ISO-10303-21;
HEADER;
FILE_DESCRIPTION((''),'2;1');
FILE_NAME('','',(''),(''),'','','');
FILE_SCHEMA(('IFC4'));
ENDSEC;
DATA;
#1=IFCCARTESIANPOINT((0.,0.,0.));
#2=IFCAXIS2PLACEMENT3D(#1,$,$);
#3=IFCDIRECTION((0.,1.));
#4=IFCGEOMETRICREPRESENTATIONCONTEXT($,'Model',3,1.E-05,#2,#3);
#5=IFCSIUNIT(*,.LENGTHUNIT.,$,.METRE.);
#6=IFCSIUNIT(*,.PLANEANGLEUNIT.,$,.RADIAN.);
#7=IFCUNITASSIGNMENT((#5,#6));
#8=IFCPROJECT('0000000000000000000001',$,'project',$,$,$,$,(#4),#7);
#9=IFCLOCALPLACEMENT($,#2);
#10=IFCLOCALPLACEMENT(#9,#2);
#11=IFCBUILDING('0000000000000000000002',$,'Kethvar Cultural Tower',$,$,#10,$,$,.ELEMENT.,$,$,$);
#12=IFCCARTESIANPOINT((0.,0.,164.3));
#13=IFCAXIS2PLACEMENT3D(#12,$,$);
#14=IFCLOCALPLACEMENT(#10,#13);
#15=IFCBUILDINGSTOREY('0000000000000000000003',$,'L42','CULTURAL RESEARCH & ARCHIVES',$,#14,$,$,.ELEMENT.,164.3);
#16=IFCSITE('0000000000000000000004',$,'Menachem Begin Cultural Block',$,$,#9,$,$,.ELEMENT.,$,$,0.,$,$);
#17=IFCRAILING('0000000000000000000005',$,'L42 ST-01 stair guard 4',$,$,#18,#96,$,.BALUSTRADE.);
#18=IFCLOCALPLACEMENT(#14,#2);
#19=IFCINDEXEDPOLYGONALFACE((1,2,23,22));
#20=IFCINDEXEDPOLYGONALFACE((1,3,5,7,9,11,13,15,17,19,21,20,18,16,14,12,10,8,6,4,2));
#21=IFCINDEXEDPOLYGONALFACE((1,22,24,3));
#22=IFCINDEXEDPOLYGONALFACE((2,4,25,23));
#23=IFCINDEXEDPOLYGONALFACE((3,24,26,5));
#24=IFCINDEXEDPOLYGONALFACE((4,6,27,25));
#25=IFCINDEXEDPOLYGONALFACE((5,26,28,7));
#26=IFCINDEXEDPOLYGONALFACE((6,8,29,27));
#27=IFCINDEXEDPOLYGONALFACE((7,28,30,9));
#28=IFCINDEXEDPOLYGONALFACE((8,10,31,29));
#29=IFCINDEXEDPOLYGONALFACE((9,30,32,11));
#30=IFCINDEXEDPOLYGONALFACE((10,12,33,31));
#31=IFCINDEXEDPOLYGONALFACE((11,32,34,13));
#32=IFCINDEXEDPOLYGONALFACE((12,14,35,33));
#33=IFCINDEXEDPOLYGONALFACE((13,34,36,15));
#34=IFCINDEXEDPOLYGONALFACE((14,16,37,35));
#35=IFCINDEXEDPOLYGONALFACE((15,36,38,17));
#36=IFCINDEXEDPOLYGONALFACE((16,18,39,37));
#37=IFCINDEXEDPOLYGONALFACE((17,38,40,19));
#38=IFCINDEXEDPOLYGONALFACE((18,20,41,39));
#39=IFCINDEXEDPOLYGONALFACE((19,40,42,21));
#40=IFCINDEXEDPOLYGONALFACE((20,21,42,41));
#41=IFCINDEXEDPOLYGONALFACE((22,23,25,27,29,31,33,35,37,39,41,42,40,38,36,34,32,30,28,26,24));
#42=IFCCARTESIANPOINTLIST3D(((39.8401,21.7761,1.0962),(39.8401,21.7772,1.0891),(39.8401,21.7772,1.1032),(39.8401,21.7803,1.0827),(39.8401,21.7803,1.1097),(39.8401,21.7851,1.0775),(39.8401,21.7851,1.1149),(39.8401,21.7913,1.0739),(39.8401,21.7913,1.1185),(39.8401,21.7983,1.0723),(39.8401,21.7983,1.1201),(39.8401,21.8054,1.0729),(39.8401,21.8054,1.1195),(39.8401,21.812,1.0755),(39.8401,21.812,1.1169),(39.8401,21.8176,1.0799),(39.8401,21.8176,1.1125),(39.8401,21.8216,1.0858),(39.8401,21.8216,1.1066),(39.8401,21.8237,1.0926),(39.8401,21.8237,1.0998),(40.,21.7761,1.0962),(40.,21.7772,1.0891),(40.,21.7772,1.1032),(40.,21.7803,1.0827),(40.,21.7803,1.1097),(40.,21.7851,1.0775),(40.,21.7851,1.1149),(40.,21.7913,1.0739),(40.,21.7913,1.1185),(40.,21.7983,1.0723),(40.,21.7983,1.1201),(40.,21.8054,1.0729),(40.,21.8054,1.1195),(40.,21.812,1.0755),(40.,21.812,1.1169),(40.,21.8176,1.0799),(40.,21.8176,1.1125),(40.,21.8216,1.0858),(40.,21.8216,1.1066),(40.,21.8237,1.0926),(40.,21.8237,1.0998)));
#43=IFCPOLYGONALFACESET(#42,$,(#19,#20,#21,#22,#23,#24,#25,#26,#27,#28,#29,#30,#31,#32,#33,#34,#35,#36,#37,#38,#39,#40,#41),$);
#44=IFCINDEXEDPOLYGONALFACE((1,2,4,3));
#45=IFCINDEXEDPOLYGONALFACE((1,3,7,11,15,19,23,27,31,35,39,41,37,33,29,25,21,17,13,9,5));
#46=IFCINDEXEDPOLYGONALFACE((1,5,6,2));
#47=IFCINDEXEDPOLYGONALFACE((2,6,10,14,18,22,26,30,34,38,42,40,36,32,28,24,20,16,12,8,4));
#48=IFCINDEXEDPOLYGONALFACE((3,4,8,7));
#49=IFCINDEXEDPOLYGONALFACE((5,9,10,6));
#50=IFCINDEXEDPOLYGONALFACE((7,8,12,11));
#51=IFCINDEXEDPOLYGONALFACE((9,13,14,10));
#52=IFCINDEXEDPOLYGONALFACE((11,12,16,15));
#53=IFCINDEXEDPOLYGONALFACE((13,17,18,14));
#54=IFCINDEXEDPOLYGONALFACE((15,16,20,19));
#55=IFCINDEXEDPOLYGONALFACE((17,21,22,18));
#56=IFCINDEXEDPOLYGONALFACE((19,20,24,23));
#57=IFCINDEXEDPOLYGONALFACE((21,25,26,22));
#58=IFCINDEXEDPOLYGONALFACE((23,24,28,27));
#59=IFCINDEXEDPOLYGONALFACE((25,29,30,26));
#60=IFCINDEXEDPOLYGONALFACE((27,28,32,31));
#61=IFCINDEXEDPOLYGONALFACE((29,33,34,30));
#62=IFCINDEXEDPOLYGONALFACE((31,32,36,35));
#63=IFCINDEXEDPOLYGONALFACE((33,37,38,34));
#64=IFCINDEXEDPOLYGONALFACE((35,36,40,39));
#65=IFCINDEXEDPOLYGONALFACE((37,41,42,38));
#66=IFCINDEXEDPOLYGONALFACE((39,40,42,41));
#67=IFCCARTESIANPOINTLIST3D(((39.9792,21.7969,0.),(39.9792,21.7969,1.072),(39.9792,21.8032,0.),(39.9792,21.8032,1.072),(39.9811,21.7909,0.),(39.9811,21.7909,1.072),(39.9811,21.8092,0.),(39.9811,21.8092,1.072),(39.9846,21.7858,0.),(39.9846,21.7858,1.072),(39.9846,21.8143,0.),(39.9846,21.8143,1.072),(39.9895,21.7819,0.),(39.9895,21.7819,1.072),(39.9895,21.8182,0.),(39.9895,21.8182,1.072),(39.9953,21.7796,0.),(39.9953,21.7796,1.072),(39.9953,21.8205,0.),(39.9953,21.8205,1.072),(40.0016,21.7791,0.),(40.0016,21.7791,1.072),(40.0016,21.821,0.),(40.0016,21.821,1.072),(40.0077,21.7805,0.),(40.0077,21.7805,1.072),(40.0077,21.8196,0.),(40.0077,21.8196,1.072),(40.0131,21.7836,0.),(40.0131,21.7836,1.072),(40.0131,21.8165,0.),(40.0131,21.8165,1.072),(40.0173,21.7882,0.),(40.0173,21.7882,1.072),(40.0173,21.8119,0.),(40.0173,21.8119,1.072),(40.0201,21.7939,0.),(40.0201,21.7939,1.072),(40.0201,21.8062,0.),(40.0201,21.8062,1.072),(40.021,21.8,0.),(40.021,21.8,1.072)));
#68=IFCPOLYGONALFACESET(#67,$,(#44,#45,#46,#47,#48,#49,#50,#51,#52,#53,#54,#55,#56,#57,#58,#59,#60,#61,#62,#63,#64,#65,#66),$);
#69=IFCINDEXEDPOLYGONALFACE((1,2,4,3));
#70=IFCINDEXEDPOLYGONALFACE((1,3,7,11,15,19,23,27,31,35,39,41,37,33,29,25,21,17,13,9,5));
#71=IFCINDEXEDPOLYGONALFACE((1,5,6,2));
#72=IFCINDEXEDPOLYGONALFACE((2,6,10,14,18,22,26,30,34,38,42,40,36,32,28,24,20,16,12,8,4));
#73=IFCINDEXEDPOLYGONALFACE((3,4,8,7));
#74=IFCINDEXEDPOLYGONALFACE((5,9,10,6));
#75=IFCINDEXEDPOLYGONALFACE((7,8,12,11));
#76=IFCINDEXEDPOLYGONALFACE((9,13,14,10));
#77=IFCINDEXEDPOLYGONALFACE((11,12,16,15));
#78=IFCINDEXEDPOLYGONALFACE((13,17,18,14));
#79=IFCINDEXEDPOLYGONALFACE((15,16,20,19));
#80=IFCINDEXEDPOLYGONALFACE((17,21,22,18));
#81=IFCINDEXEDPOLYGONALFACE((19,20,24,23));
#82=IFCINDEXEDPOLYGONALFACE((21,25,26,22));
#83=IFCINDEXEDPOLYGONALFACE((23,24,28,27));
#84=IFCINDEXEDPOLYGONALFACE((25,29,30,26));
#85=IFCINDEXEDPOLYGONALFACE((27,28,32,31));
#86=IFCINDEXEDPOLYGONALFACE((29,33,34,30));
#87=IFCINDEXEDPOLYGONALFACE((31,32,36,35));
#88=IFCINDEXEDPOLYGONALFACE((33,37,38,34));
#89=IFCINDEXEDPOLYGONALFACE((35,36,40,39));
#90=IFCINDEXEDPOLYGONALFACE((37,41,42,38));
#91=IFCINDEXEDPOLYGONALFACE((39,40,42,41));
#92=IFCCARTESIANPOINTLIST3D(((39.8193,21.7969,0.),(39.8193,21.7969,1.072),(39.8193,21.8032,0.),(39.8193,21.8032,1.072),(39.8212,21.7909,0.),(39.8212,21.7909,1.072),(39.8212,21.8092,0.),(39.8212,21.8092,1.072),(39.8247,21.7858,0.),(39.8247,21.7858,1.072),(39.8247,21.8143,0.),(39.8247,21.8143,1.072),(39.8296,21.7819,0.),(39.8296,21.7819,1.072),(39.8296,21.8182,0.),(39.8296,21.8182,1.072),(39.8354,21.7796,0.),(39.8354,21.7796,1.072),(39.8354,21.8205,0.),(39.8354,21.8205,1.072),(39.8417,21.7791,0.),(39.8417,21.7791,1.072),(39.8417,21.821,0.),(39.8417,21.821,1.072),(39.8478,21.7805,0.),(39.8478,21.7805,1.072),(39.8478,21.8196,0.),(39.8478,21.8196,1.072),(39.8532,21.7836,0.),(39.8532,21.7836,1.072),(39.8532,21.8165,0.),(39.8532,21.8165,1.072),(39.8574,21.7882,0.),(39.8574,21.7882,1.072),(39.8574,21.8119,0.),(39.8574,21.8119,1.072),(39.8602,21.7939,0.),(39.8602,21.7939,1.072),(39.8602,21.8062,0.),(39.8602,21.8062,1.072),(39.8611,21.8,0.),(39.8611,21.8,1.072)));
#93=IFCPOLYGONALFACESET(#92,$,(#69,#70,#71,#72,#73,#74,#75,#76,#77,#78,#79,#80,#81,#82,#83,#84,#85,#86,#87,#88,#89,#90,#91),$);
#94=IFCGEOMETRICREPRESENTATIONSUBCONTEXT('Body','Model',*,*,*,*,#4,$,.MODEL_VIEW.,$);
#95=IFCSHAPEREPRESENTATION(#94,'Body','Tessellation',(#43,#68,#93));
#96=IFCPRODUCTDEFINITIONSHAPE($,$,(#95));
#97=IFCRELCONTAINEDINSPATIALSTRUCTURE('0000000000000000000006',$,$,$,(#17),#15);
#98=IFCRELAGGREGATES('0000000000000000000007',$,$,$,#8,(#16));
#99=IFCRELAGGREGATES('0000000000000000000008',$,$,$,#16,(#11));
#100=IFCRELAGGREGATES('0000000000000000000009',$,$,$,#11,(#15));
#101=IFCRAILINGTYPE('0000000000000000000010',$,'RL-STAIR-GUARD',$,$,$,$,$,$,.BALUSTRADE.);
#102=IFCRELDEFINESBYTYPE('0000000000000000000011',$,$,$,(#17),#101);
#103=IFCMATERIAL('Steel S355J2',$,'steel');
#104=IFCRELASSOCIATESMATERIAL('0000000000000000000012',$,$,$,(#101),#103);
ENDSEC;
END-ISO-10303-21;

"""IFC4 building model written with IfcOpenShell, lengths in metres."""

from ifc_helpers import new_model, si_unit, direction, frame, origin, origin_2d, place, context, subcontext, project, spatial, circle, extrude, material, type_object, element, save


model = new_model("IFC4")

# Units and contexts
model_context = context("Model", 3, precision=1e-05, world=origin(), true_north=direction((0.0, 1.0)))
body_context = subcontext(model_context, "Body", "Model", "MODEL_VIEW")
ifc_project = project(units=[si_unit("LENGTHUNIT", "METRE"), si_unit("PLANEANGLEUNIT", "RADIAN")], contexts=[model_context])

# Site, building, storey
site_placement = place(None, origin())
site = spatial("IfcSite", under=ifc_project, at=site_placement, Name="Menachem Begin Cultural Block", CompositionType="ELEMENT", RefElevation=0.0)
building_placement = place(site_placement, origin())
building = spatial("IfcBuilding", under=site, at=building_placement, Name="Kethvar Cultural Tower", CompositionType="ELEMENT")
storey_placement = place(building_placement, frame((0.0, 0.0, 164.3)))
storey = spatial("IfcBuildingStorey", under=building, at=storey_placement, Name="L42", Description="CULTURAL RESEARCH & ARCHIVES", CompositionType="ELEMENT", Elevation=164.3)

# Shared definitions
ifc_material_1 = material(Name="Steel S355J2", Category="steel")

# Railing
railing_type_1 = type_object("IfcRailingType", Name="RL-STAIR-GUARD", PredefinedType="BALUSTRADE", material=ifc_material_1)
railing_1_placement = place(storey_placement, frame((40.0, 21.8, 0.0)))
element("IfcRailing", 1, at=railing_1_placement, inside=storey, type_object=railing_type_1, Name="L42 ST-01 stair guard 4", PredefinedType="BALUSTRADE", context=body_context, shape_type="SweptSolid", body=[
    extrude(circle(Radius=0.0239, at=origin_2d()), frame((0.0, 0.0, 1.0962), z_axis=(-1.0, 0.0, 0.0), x_axis=(0.0, -1.0, 0.0)), (0.0, 0.0, 1.0), 0.1599),
    extrude(circle(Radius=0.021, at=origin_2d()), origin(), (0.0, 0.0, 1.0), 1.072),
    extrude(circle(Radius=0.021, at=origin_2d()), frame((-0.1599, 0.0, 0.0)), (0.0, 0.0, 1.0), 1.072),
])

save(model, "model.ifc")
